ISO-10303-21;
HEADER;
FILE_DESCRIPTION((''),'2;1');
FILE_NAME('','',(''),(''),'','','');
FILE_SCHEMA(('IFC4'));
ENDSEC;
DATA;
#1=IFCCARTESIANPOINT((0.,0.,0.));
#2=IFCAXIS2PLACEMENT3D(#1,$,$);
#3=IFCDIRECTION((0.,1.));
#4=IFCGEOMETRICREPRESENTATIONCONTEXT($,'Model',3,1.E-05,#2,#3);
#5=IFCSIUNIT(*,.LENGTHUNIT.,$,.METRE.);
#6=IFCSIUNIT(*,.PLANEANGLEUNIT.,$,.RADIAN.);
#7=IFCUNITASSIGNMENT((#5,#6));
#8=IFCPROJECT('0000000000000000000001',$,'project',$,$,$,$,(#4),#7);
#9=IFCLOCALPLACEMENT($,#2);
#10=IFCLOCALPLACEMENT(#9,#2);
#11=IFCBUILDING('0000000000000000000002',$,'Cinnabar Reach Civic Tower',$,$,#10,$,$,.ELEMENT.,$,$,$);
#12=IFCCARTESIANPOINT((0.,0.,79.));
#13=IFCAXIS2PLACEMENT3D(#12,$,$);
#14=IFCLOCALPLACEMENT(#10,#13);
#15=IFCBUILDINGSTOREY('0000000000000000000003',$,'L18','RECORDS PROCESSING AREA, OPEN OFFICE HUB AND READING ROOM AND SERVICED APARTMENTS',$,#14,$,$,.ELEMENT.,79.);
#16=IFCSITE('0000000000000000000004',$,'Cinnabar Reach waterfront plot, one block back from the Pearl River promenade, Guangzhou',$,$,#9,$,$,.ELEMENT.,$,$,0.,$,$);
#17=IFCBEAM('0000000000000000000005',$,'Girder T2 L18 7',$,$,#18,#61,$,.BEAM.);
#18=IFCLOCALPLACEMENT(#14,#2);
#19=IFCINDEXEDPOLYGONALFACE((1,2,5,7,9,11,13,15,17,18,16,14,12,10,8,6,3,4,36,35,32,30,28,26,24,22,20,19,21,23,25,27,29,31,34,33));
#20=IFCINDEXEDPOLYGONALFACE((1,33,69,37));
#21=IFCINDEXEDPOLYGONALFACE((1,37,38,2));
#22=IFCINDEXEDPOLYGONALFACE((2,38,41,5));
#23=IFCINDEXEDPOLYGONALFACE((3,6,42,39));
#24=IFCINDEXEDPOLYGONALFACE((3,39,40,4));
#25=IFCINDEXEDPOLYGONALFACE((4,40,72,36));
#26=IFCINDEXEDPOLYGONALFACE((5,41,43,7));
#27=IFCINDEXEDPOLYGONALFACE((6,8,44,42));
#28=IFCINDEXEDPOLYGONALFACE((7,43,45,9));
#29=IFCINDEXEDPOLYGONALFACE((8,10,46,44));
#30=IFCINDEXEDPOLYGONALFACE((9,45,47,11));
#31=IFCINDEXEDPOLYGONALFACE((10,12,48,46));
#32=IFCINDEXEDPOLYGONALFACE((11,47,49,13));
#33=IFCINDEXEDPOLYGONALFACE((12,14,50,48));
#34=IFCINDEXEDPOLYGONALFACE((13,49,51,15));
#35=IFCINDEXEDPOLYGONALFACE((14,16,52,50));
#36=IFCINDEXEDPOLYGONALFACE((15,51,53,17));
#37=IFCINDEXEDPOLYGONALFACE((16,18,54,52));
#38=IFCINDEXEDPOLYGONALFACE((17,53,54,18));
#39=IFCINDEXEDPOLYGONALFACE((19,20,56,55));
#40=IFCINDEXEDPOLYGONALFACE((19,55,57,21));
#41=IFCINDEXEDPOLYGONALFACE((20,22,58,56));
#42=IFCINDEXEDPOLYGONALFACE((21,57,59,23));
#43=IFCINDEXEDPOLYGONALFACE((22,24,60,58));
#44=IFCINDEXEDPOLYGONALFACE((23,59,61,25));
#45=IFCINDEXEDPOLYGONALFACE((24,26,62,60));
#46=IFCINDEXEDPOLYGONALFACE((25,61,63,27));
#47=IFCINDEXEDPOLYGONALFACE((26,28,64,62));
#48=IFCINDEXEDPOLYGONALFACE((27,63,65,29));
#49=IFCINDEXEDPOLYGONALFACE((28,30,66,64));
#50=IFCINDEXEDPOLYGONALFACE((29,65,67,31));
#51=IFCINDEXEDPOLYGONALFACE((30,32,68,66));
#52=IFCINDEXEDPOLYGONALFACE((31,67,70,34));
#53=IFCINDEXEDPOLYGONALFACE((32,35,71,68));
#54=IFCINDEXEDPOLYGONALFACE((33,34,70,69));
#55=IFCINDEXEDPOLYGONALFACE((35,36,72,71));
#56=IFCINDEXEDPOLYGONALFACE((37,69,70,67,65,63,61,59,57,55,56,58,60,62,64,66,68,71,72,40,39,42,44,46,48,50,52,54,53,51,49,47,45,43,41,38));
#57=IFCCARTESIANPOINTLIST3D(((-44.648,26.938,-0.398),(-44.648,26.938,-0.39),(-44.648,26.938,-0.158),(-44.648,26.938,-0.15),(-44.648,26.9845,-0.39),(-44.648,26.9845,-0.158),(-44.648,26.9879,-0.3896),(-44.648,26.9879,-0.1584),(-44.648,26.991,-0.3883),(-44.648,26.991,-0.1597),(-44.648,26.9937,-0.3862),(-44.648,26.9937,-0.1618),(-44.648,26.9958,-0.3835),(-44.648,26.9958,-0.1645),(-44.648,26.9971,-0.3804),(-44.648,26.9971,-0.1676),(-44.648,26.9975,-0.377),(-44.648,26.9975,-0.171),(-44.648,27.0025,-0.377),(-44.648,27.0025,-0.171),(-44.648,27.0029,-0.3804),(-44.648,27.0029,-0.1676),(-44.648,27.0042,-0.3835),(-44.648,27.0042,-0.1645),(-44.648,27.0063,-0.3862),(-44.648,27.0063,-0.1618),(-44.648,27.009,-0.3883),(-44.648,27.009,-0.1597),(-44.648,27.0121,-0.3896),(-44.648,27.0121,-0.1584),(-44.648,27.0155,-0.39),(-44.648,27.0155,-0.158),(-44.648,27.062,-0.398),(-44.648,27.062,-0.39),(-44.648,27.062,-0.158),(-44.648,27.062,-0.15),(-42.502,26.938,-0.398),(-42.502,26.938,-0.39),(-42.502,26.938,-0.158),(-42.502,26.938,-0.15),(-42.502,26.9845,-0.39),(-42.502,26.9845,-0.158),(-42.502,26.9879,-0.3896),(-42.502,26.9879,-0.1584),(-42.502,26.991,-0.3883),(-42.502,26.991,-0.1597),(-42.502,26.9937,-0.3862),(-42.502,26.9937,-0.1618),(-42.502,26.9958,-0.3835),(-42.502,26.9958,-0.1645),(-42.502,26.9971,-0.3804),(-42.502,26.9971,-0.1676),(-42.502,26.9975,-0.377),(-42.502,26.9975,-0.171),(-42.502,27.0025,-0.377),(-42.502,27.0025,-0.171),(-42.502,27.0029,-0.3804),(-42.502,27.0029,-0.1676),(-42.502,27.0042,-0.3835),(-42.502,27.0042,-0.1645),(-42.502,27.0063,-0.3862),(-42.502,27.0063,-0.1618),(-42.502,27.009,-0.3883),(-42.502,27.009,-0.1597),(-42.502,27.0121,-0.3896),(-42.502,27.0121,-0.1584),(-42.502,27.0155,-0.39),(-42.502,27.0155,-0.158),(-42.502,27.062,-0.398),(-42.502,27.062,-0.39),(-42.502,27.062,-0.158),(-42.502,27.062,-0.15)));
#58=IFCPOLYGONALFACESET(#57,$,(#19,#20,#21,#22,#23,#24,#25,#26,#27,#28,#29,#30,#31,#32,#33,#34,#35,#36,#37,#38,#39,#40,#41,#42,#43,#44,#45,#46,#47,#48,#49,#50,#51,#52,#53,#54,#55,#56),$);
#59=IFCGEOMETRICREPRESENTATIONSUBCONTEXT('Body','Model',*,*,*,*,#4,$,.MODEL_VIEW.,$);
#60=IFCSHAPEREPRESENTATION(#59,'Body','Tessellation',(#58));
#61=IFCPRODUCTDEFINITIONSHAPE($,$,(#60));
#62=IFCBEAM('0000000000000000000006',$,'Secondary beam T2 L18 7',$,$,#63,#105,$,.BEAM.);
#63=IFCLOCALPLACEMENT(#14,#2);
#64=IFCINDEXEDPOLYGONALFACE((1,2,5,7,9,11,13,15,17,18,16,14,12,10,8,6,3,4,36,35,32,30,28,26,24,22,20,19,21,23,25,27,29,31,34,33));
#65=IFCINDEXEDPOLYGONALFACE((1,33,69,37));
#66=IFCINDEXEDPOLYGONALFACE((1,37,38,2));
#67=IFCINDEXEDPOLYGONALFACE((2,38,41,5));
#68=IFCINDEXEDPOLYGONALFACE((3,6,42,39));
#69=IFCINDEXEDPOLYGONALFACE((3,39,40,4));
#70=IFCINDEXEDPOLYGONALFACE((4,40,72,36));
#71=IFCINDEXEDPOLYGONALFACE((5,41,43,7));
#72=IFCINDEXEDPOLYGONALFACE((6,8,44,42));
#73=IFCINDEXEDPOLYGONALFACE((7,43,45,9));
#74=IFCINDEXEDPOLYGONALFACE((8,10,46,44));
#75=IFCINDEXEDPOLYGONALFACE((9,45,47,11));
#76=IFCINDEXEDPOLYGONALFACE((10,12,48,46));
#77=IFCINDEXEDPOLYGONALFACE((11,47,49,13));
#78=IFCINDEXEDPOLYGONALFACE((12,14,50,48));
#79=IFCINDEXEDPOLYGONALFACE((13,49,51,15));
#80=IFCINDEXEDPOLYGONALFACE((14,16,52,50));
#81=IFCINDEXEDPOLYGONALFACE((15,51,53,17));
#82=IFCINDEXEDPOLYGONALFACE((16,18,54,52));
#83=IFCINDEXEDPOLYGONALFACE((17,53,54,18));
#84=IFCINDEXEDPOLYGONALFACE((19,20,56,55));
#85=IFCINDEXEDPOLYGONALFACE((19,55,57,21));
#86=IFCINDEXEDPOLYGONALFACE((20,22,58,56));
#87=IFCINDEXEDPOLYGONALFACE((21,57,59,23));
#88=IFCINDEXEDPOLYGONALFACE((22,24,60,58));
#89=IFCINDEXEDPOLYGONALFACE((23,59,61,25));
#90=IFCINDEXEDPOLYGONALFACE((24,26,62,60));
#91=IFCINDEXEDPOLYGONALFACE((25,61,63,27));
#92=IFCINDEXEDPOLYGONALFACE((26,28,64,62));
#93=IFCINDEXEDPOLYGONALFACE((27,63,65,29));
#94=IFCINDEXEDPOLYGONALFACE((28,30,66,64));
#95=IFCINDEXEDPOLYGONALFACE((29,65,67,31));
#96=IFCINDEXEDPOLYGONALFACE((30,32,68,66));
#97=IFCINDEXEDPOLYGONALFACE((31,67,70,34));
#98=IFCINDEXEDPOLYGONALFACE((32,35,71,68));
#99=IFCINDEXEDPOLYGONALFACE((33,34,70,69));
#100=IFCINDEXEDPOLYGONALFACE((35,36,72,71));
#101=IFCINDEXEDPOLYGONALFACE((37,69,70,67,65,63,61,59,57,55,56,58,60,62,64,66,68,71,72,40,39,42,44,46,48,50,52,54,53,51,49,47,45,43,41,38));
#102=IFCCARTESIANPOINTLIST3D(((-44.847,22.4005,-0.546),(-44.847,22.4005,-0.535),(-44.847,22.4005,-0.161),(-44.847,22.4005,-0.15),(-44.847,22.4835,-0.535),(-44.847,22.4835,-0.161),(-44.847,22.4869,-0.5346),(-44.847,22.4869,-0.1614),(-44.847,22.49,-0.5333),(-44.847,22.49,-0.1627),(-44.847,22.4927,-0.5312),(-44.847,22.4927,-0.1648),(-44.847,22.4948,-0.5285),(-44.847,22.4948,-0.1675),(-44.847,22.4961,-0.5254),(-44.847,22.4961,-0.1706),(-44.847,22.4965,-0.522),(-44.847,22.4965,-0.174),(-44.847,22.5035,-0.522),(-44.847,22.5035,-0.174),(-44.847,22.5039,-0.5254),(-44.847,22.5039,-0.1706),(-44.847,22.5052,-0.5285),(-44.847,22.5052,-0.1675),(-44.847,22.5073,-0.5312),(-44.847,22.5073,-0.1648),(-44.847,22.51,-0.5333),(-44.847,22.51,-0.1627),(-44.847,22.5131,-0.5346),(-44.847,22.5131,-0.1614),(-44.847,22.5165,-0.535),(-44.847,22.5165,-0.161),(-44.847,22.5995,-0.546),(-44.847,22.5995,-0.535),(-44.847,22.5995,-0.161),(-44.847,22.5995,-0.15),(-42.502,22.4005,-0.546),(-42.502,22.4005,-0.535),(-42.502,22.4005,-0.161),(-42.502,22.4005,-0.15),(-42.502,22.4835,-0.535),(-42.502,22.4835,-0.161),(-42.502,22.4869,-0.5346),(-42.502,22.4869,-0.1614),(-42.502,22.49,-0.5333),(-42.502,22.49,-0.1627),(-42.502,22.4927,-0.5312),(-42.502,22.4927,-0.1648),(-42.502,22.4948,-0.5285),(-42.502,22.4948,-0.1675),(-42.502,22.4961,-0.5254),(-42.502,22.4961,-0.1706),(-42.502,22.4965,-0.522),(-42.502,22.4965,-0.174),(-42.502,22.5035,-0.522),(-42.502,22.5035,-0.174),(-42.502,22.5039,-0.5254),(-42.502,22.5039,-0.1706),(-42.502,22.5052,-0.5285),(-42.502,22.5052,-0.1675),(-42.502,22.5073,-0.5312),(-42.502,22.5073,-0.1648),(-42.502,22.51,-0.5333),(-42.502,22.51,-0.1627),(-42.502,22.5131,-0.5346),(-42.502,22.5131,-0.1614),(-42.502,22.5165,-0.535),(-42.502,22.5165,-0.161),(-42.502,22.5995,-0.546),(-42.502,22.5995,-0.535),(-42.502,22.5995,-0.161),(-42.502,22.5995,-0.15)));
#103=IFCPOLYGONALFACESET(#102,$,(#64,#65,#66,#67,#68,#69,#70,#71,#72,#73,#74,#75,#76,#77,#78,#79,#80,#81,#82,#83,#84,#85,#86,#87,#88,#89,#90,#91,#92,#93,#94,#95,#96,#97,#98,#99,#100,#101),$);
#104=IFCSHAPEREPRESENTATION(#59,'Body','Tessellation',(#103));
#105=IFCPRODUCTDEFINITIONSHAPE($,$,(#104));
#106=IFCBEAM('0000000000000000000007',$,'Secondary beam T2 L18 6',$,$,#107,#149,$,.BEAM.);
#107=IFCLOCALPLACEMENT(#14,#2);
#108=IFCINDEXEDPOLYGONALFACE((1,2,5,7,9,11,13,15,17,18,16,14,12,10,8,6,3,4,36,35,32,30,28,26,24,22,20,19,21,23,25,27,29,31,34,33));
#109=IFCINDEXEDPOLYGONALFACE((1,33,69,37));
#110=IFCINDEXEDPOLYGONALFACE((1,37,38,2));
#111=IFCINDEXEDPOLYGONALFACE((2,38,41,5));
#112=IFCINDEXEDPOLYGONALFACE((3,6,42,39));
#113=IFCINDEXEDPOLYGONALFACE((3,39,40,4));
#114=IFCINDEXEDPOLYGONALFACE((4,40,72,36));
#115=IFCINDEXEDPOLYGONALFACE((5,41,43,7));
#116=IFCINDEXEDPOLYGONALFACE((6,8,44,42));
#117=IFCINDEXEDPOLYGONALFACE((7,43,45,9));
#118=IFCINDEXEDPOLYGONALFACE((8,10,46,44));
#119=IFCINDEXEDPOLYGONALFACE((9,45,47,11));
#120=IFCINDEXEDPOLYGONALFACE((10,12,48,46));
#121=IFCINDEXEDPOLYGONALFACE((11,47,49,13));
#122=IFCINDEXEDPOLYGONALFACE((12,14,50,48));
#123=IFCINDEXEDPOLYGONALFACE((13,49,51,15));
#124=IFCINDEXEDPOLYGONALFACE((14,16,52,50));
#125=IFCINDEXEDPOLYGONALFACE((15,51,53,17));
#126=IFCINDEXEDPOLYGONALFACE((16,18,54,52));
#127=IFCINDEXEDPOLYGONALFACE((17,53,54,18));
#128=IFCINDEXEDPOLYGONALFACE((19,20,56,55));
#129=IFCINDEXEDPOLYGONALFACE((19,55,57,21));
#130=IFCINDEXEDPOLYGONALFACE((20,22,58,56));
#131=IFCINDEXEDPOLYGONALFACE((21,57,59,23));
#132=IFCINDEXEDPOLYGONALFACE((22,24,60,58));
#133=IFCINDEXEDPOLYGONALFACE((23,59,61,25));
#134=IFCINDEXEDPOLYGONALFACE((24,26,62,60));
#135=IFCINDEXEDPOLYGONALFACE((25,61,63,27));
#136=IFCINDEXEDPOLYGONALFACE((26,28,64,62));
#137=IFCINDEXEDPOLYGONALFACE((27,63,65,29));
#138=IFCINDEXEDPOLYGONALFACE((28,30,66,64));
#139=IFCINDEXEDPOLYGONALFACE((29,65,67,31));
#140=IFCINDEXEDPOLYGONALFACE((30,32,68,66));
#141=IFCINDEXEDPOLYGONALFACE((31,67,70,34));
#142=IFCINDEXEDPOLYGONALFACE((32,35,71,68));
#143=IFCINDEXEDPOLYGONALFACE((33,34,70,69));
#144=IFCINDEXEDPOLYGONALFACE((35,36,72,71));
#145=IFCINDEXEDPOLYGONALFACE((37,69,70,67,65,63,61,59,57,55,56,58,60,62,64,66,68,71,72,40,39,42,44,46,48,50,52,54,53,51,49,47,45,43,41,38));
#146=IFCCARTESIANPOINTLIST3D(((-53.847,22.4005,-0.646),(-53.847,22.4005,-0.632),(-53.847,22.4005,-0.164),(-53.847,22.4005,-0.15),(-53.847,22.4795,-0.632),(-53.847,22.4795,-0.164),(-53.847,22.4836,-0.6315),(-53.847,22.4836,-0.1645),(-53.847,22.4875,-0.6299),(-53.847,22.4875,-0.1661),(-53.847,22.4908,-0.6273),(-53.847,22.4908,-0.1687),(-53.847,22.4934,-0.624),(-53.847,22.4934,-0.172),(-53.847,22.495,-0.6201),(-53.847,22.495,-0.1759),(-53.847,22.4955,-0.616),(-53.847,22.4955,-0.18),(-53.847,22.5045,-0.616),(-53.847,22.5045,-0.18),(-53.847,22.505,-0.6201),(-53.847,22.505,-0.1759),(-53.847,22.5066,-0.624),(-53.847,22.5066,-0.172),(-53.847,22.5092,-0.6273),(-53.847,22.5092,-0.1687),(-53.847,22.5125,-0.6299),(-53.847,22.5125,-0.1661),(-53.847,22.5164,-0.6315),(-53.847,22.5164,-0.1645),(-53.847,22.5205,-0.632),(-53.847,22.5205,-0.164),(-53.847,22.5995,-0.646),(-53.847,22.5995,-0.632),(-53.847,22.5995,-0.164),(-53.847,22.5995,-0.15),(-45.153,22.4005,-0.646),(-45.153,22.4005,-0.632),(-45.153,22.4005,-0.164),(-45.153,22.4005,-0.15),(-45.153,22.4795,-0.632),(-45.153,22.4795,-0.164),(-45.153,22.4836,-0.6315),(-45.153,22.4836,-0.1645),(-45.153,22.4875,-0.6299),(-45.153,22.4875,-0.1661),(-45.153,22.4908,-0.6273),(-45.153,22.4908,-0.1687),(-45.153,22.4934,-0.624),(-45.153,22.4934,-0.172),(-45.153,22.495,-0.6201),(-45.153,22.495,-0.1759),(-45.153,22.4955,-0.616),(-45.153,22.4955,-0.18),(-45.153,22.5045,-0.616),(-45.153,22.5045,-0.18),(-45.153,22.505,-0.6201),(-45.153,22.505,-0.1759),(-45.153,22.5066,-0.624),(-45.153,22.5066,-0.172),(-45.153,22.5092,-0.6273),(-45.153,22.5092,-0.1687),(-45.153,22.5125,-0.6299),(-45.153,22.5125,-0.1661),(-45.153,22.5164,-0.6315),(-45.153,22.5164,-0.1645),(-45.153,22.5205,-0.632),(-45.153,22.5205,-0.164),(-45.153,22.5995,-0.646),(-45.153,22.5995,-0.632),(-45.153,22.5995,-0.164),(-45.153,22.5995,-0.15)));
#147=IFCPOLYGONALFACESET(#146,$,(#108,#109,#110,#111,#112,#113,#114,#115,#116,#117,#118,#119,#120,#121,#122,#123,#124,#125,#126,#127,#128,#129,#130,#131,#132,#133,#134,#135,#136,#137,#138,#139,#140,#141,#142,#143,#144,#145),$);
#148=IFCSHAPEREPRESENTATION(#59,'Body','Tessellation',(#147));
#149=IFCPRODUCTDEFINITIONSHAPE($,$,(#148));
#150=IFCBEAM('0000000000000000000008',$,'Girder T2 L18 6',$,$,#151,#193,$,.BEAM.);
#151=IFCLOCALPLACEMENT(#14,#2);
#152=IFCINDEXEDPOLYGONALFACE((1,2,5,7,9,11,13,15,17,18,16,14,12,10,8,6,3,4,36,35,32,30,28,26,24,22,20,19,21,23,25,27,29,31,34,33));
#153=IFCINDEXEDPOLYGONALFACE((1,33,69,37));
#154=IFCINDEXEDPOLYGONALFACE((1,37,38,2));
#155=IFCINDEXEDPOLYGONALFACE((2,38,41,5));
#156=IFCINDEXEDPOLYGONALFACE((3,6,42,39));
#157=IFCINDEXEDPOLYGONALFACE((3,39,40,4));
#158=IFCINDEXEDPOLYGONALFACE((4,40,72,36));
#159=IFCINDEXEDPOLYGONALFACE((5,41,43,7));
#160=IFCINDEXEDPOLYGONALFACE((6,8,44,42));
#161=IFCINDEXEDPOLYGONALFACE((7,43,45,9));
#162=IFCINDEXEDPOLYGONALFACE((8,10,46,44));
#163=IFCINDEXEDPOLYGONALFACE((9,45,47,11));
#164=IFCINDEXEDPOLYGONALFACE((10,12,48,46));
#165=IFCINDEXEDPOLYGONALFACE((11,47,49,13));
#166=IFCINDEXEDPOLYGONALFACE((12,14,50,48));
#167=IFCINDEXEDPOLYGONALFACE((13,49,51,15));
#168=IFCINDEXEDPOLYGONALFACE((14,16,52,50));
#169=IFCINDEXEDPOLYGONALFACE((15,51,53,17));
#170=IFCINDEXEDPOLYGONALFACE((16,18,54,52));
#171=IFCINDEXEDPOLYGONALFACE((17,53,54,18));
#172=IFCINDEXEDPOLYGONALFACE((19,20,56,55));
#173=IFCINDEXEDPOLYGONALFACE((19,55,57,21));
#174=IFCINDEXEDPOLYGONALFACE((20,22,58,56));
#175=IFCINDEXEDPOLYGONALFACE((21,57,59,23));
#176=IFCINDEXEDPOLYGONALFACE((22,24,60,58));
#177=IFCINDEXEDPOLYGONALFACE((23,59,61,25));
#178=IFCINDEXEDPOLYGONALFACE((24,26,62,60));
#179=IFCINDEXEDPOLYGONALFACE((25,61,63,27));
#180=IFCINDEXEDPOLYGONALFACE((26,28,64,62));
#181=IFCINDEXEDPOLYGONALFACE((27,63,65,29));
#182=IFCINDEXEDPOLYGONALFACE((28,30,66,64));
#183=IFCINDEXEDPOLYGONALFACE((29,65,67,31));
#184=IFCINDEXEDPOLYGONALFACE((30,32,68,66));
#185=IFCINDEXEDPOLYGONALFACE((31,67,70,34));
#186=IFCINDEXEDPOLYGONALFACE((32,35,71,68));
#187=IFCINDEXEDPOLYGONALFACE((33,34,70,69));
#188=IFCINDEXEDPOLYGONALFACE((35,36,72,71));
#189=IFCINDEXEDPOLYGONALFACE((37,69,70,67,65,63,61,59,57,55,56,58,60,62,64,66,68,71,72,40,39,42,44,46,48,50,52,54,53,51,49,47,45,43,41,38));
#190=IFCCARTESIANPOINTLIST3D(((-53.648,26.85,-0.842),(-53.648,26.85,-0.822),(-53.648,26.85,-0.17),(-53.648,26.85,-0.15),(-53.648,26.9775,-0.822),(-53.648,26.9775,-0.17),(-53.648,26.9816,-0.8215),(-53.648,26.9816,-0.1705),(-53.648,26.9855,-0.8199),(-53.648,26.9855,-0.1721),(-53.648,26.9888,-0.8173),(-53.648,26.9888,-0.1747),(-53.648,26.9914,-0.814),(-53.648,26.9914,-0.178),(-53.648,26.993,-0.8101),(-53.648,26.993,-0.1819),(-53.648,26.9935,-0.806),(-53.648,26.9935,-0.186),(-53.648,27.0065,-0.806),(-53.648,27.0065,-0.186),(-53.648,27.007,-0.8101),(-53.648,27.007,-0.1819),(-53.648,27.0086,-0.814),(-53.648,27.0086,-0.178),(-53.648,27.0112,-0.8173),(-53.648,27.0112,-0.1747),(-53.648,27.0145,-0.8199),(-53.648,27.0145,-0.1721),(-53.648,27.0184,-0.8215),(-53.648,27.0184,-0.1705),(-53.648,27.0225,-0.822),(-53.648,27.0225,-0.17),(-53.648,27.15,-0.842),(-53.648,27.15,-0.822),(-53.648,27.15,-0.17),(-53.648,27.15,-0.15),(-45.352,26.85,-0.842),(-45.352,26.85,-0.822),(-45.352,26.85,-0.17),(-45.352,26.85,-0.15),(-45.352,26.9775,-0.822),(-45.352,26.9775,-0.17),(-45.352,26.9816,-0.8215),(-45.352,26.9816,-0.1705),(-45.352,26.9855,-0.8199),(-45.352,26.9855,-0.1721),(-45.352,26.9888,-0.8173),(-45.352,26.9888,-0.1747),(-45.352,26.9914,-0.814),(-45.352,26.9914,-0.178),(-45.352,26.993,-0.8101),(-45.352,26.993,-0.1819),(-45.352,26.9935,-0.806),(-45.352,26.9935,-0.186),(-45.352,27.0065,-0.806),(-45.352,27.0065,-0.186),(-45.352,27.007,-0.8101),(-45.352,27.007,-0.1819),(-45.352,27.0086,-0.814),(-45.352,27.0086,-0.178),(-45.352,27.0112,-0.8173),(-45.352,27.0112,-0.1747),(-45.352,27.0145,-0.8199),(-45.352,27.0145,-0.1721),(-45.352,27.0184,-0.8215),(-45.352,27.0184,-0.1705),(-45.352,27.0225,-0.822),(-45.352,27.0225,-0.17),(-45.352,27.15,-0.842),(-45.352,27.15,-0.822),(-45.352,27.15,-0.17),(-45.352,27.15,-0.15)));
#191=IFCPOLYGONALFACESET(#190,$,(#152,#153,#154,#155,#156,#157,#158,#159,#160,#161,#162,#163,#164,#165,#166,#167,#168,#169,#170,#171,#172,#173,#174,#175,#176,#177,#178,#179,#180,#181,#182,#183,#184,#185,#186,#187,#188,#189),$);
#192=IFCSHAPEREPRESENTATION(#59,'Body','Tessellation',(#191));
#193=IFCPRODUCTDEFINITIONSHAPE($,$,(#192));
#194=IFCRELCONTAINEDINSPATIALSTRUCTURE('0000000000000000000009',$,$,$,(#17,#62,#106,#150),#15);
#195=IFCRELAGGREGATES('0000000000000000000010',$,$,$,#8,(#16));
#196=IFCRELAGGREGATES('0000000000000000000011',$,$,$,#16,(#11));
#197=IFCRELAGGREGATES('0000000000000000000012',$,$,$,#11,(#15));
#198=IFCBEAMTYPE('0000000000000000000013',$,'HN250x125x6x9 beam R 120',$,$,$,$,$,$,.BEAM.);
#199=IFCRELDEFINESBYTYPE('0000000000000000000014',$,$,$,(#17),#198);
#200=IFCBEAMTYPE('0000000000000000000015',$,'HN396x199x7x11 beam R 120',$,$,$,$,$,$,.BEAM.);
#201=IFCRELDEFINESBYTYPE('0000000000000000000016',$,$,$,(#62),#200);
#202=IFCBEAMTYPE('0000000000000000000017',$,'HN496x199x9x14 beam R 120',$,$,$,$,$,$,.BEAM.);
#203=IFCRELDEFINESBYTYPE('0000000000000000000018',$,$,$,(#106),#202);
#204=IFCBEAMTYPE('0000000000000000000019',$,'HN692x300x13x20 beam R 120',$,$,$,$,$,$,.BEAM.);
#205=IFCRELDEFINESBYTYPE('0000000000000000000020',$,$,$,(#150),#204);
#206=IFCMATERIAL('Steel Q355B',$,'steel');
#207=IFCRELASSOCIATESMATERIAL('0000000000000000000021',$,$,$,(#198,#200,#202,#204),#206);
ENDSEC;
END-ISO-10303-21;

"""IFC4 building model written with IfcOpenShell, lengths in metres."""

from ifc_helpers import new_model, si_unit, direction, frame, origin, origin_2d, place, context, subcontext, project, spatial, i_section, extrude, material, material_profile, profile_set, type_object, element, save


model = new_model("IFC4")

# Units and contexts
model_context = context("Model", 3, precision=1e-05, world=origin(), true_north=direction((0.0, 1.0)))
body_context = subcontext(model_context, "Body", "Model", "MODEL_VIEW")
ifc_project = project(units=[si_unit("LENGTHUNIT", "METRE"), si_unit("PLANEANGLEUNIT", "RADIAN")], contexts=[model_context])

# Site, building, storey
site_placement = place(None, origin())
site = spatial("IfcSite", under=ifc_project, at=site_placement, Name="Cinnabar Reach waterfront plot, one block back from the Pearl River promenade, Guangzhou", CompositionType="ELEMENT", RefElevation=0.0)
building_placement = place(site_placement, origin())
building = spatial("IfcBuilding", under=site, at=building_placement, Name="Cinnabar Reach Civic Tower", CompositionType="ELEMENT")
storey_placement = place(building_placement, frame((0.0, 0.0, 79.0)))
storey = spatial("IfcBuildingStorey", under=building, at=storey_placement, Name="L18", Description="RECORDS PROCESSING AREA, OPEN OFFICE HUB AND READING ROOM AND SERVICED APARTMENTS", CompositionType="ELEMENT", Elevation=79.0)

# Beams
ifc_material_1 = material(Name="Steel Q355B", Category="steel")
ifc_material_profile_1 = material_profile(ifc_material_1, i_section(OverallWidth=0.124, OverallDepth=0.248, WebThickness=0.005, FlangeThickness=0.008, FilletRadius=0.013, at=origin_2d()), Name="HN250x125x6x9")
ifc_profile_set_1 = profile_set([ifc_material_profile_1], Name="Steel Q355B")
beam_type_1 = type_object("IfcBeamType", Name="HN250x125x6x9 beam R 120", PredefinedType="BEAM", material=ifc_profile_set_1)
beam_1_placement = place(storey_placement, frame((-44.648, 27.0, -0.274), z_axis=(1.0, 0.0, 0.0), x_axis=(0.0, 1.0, 0.0)))
element("IfcBeam", 1, at=beam_1_placement, inside=storey, type_object=beam_type_1, Name="Girder T2 L18 7", PredefinedType="BEAM", context=body_context, shape_type="SweptSolid", body=[
    extrude(i_section(OverallWidth=0.124, OverallDepth=0.248, WebThickness=0.005, FlangeThickness=0.008, FilletRadius=0.013, at=origin_2d()), origin(), (0.0, 0.0, 1.0), 2.146),
])
ifc_material_profile_2 = material_profile(ifc_material_1, i_section(OverallWidth=0.199, OverallDepth=0.396, WebThickness=0.007, FlangeThickness=0.011, FilletRadius=0.013, at=origin_2d()), Name="HN396x199x7x11")
ifc_profile_set_2 = profile_set([ifc_material_profile_2], Name="Steel Q355B")
beam_type_2 = type_object("IfcBeamType", Name="HN396x199x7x11 beam R 120", PredefinedType="BEAM", material=ifc_profile_set_2)
beam_2_placement = place(storey_placement, frame((-44.847, 22.5, -0.348), z_axis=(1.0, 0.0, 0.0), x_axis=(0.0, 1.0, 0.0)))
element("IfcBeam", 2, at=beam_2_placement, inside=storey, type_object=beam_type_2, Name="Secondary beam T2 L18 7", PredefinedType="BEAM", context=body_context, shape_type="SweptSolid", body=[
    extrude(i_section(OverallWidth=0.199, OverallDepth=0.396, WebThickness=0.007, FlangeThickness=0.011, FilletRadius=0.013, at=origin_2d()), origin(), (0.0, 0.0, 1.0), 2.345),
])
ifc_material_profile_3 = material_profile(ifc_material_1, i_section(OverallWidth=0.199, OverallDepth=0.496, WebThickness=0.009, FlangeThickness=0.014, FilletRadius=0.016, at=origin_2d()), Name="HN496x199x9x14")
ifc_profile_set_3 = profile_set([ifc_material_profile_3], Name="Steel Q355B")
beam_type_3 = type_object("IfcBeamType", Name="HN496x199x9x14 beam R 120", PredefinedType="BEAM", material=ifc_profile_set_3)
beam_3_placement = place(storey_placement, frame((-53.847, 22.5, -0.398), z_axis=(1.0, 0.0, 0.0), x_axis=(0.0, 1.0, 0.0)))
element("IfcBeam", 3, at=beam_3_placement, inside=storey, type_object=beam_type_3, Name="Secondary beam T2 L18 6", PredefinedType="BEAM", context=body_context, shape_type="SweptSolid", body=[
    extrude(i_section(OverallWidth=0.199, OverallDepth=0.496, WebThickness=0.009, FlangeThickness=0.014, FilletRadius=0.016, at=origin_2d()), origin(), (0.0, 0.0, 1.0), 8.694),
])
ifc_material_profile_4 = material_profile(ifc_material_1, i_section(OverallWidth=0.3, OverallDepth=0.692, WebThickness=0.013, FlangeThickness=0.02, FilletRadius=0.016, at=origin_2d()), Name="HN692x300x13x20")
ifc_profile_set_4 = profile_set([ifc_material_profile_4], Name="Steel Q355B")
beam_type_4 = type_object("IfcBeamType", Name="HN692x300x13x20 beam R 120", PredefinedType="BEAM", material=ifc_profile_set_4)
beam_4_placement = place(storey_placement, frame((-53.648, 27.0, -0.496), z_axis=(1.0, 0.0, 0.0), x_axis=(0.0, 1.0, 0.0)))
element("IfcBeam", 4, at=beam_4_placement, inside=storey, type_object=beam_type_4, Name="Girder T2 L18 6", PredefinedType="BEAM", context=body_context, shape_type="SweptSolid", body=[
    extrude(i_section(OverallWidth=0.3, OverallDepth=0.692, WebThickness=0.013, FlangeThickness=0.02, FilletRadius=0.016, at=origin_2d()), origin(), (0.0, 0.0, 1.0), 8.296),
])

save(model, "model.ifc")
